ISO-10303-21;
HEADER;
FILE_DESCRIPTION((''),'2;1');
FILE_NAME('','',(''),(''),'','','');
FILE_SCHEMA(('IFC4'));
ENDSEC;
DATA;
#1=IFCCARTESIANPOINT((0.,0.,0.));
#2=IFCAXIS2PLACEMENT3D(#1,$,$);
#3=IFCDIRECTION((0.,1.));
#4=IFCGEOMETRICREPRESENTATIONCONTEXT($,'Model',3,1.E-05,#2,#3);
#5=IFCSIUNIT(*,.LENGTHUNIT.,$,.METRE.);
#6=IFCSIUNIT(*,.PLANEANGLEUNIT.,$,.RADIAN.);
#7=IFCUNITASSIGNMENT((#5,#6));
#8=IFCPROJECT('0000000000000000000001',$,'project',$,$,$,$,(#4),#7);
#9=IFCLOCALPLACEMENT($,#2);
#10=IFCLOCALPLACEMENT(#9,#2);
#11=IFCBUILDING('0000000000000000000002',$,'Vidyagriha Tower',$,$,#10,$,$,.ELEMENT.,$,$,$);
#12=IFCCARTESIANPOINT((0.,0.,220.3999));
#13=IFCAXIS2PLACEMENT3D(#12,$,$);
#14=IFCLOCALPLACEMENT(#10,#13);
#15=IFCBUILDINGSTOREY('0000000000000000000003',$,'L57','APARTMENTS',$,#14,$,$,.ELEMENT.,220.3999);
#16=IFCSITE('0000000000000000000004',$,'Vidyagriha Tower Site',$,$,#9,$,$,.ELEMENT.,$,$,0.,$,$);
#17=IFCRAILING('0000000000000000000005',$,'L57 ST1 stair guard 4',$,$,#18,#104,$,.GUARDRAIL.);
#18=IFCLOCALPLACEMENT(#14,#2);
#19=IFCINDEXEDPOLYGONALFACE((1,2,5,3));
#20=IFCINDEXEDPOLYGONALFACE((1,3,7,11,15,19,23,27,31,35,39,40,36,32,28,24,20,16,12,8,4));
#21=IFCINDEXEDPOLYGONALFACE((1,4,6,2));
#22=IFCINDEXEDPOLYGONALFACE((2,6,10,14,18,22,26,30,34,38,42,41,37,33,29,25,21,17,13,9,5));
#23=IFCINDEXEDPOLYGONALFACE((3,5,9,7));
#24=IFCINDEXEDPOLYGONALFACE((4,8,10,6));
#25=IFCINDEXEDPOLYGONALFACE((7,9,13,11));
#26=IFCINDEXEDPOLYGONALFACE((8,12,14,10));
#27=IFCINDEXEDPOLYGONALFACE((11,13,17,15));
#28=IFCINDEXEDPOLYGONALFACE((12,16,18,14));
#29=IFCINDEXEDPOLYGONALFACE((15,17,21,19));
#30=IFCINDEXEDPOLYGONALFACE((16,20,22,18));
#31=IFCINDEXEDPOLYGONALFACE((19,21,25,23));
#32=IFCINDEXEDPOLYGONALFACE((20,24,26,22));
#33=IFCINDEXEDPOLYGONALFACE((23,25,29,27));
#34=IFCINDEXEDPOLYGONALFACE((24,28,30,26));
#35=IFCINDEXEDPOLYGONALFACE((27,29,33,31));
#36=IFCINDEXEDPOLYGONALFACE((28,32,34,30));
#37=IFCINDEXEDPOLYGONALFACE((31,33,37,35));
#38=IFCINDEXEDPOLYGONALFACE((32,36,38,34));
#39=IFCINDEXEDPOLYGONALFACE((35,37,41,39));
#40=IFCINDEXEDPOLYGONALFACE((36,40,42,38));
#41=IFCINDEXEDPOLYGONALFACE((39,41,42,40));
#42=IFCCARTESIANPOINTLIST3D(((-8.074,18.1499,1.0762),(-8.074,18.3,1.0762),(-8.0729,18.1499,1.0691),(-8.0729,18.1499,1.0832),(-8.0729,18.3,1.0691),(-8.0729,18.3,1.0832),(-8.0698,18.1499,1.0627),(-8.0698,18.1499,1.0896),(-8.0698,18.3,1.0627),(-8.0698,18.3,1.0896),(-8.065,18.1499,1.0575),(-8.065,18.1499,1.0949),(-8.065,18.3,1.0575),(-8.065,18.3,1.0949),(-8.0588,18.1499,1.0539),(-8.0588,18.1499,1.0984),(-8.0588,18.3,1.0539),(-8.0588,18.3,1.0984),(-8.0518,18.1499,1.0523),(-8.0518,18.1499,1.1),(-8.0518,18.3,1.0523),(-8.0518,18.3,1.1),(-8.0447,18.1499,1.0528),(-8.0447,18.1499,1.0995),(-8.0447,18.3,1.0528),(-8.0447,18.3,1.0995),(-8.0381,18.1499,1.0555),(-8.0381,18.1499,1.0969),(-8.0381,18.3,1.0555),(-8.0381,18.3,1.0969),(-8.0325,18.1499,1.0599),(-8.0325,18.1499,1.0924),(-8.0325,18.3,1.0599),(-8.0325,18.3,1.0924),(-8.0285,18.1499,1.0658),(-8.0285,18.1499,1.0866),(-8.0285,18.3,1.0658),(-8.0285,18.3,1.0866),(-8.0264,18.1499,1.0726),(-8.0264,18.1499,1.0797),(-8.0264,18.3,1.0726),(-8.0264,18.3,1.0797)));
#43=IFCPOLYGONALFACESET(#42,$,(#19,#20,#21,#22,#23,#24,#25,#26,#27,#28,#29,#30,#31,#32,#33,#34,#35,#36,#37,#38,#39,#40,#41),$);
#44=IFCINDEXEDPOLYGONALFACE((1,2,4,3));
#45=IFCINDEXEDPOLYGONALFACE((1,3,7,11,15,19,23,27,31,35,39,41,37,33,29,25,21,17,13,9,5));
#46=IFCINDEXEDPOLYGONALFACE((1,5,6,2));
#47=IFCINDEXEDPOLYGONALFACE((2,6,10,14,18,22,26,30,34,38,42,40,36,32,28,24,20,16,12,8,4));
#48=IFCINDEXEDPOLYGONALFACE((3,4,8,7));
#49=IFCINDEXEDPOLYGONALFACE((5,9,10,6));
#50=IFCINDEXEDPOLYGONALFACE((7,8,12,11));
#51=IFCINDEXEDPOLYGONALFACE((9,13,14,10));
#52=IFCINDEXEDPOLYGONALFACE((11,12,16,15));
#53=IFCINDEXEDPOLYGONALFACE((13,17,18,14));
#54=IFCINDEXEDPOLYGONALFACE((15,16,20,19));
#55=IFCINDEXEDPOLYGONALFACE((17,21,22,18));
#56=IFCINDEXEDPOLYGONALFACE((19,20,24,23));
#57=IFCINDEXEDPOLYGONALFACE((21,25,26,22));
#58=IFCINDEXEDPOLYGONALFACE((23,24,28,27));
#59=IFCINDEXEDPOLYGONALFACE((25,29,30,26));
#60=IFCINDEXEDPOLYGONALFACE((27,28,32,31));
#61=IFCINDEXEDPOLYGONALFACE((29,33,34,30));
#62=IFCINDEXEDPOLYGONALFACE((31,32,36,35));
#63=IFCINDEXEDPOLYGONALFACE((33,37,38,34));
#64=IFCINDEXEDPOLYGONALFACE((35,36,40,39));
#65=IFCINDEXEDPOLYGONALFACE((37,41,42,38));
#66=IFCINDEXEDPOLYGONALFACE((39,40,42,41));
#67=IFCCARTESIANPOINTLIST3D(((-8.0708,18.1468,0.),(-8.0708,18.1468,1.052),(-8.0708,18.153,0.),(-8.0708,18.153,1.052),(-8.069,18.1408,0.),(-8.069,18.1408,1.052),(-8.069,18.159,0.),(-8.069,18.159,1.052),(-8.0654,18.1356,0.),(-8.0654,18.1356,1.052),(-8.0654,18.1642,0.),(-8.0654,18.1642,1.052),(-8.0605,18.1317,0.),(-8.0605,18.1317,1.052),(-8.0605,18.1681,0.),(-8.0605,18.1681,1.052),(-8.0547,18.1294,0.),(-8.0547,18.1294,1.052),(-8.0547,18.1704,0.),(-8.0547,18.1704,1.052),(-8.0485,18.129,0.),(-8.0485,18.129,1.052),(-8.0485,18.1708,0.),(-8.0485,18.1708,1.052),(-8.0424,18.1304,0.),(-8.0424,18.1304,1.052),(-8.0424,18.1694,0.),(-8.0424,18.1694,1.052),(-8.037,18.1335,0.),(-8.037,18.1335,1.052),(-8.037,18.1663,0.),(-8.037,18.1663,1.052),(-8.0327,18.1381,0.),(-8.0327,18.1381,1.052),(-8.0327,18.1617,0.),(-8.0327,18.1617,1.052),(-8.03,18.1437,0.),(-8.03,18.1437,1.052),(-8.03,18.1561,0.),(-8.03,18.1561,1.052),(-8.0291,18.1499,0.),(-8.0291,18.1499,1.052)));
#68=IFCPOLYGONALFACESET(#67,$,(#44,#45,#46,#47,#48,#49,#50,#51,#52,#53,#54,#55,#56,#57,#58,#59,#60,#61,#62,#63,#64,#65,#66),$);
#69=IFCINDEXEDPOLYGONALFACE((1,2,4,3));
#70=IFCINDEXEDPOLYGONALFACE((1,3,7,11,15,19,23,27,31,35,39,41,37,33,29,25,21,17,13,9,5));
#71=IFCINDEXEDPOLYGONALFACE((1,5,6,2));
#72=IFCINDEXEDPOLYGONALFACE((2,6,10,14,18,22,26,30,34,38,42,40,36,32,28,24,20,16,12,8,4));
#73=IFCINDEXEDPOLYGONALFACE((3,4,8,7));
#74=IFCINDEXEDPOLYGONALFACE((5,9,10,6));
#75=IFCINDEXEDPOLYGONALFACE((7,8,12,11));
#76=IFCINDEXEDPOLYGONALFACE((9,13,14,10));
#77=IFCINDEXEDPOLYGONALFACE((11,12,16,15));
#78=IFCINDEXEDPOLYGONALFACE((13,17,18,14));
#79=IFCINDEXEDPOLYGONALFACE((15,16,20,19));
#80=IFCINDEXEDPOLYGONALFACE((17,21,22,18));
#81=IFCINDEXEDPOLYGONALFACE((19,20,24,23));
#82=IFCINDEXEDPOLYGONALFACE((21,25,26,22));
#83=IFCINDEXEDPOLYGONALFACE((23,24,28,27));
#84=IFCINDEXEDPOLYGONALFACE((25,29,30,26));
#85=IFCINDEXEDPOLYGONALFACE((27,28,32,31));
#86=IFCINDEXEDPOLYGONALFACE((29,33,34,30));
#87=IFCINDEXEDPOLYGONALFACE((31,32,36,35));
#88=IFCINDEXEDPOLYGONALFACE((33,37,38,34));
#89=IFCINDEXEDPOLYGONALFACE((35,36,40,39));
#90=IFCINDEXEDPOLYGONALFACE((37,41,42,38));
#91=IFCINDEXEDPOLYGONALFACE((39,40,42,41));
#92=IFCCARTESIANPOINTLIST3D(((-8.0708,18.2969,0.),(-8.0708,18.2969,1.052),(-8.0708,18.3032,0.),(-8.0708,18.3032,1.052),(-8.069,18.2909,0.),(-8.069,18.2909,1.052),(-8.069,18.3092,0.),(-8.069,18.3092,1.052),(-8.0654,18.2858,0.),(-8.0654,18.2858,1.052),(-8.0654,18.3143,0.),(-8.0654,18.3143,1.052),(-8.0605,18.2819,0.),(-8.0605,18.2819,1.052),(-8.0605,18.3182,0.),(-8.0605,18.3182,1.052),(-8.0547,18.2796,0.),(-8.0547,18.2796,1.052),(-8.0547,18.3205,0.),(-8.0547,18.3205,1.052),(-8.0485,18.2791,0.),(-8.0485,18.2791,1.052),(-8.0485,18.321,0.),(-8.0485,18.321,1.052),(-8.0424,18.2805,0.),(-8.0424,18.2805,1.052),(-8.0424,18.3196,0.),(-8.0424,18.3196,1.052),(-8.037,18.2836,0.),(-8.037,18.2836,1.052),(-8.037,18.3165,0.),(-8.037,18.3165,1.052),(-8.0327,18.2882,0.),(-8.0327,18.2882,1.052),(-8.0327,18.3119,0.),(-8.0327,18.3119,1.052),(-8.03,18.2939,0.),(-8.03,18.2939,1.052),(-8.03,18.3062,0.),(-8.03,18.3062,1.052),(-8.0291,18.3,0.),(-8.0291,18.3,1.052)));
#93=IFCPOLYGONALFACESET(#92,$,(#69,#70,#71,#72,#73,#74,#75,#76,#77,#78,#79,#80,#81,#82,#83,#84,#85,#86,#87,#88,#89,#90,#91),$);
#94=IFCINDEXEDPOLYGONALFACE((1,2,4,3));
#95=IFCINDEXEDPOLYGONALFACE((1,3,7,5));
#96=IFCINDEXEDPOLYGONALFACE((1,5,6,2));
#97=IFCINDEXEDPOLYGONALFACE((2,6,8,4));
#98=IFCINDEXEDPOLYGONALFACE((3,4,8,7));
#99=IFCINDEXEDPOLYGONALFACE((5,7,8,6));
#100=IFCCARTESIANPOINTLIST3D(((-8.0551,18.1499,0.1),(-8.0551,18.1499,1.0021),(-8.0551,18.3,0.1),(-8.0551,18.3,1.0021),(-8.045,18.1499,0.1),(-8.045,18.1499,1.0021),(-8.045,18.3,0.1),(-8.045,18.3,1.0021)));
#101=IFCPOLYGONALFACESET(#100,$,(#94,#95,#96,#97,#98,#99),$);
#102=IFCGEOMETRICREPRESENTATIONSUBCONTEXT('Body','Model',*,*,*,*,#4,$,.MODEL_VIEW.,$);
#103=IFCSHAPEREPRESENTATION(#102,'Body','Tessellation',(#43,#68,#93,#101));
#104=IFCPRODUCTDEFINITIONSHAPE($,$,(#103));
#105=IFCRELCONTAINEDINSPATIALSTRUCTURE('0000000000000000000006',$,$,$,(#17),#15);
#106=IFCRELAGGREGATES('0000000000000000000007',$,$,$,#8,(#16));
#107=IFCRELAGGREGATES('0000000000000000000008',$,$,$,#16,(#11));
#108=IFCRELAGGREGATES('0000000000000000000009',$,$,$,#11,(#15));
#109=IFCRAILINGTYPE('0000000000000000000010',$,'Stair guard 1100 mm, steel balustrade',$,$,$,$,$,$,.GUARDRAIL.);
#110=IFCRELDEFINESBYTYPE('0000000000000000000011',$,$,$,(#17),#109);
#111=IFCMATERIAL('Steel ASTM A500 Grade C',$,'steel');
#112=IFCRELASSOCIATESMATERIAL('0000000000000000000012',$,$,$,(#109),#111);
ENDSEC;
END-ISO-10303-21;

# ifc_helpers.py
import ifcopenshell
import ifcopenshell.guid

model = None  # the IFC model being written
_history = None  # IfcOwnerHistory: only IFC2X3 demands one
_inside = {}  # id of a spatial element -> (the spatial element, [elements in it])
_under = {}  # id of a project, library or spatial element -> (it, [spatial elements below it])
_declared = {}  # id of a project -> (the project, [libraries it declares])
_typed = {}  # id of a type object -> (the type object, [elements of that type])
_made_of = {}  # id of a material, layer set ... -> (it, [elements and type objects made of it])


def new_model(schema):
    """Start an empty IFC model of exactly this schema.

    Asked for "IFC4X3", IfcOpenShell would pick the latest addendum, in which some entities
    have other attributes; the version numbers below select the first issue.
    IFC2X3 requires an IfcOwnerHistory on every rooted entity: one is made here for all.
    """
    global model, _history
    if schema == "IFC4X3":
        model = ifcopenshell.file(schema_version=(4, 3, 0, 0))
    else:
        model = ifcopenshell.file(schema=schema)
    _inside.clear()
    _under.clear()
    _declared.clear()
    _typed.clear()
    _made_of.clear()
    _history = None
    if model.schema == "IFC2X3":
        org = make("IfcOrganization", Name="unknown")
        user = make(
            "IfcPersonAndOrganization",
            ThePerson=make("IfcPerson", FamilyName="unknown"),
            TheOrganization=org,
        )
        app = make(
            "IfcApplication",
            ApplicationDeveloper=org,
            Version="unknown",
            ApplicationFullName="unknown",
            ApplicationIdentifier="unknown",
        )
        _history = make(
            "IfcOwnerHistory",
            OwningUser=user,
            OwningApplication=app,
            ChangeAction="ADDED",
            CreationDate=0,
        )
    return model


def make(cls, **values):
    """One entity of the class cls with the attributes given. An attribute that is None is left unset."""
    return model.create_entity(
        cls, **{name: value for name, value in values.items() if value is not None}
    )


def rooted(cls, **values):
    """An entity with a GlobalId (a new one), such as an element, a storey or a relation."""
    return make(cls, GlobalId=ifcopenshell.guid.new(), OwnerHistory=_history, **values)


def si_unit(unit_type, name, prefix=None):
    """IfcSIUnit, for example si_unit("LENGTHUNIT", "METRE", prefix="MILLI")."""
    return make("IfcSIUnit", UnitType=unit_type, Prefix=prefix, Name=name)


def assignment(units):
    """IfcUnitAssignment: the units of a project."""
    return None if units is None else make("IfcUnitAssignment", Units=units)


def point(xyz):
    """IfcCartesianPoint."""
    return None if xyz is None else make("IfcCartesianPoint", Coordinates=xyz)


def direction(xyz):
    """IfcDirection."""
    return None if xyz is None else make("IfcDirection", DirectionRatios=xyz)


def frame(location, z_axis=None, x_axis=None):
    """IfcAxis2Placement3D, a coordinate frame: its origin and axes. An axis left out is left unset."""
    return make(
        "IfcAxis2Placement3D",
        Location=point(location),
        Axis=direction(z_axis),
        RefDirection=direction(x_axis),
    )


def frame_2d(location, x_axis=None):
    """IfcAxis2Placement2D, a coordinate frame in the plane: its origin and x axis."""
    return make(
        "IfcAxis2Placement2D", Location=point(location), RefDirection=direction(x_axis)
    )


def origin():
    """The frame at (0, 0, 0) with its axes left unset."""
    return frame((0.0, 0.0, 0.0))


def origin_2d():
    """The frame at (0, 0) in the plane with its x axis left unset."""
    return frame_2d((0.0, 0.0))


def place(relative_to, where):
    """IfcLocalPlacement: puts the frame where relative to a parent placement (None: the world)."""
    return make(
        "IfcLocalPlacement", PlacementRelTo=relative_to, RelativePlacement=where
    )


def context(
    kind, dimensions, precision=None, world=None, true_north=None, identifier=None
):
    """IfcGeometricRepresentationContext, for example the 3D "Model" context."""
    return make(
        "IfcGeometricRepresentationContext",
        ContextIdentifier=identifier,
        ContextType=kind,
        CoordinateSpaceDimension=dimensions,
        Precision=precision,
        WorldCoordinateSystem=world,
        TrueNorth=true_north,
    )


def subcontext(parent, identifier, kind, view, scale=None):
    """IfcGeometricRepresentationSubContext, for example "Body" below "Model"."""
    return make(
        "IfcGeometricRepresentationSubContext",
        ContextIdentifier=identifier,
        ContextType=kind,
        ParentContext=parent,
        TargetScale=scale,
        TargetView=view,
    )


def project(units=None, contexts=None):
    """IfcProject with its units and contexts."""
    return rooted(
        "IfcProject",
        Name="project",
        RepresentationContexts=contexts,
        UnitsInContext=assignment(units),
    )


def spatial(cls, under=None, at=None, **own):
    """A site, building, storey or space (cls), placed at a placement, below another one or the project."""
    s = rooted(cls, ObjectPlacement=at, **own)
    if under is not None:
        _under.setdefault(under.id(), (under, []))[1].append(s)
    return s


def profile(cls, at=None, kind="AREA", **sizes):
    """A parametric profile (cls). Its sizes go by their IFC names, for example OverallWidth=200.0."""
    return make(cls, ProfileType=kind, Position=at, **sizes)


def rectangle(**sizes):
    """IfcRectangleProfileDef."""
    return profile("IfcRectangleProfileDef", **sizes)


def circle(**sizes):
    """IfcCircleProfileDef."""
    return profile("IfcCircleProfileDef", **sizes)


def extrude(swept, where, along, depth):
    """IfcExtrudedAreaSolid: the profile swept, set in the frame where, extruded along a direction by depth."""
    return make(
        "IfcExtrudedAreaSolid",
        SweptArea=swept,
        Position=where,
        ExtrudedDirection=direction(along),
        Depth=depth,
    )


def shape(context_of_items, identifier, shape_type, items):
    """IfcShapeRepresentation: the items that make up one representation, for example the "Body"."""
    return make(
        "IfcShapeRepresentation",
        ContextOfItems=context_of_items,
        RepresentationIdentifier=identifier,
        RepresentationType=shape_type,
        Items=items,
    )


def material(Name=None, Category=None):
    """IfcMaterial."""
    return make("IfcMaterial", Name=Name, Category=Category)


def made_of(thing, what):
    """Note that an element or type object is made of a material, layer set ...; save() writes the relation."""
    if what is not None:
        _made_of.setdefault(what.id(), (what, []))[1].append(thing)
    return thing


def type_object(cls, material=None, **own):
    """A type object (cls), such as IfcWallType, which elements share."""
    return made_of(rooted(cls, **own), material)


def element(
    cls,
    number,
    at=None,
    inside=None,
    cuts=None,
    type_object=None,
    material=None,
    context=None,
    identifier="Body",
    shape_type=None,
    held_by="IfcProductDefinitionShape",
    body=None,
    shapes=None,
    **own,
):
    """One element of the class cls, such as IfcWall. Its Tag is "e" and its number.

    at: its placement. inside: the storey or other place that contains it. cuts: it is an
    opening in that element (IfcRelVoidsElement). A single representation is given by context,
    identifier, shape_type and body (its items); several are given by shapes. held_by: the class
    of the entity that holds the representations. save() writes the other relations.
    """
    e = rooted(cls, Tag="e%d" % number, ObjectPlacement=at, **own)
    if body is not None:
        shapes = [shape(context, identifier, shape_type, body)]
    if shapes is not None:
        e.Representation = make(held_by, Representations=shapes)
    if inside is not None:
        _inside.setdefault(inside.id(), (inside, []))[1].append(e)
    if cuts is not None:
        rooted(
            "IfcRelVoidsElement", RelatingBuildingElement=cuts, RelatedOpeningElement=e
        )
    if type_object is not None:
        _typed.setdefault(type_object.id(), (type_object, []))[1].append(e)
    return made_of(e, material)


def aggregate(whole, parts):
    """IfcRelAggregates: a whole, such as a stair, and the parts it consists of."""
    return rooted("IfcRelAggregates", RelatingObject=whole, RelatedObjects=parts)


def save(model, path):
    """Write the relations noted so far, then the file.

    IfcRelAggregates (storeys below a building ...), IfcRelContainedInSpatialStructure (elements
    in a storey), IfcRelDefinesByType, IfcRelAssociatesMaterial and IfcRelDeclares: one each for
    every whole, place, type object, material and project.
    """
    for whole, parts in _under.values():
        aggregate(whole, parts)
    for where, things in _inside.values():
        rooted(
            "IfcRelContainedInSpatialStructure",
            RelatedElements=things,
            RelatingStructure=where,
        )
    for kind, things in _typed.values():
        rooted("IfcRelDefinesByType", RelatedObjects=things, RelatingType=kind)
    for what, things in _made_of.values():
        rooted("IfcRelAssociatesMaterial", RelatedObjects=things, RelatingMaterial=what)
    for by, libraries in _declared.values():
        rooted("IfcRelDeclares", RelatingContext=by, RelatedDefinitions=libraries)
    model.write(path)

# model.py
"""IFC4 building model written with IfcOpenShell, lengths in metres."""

from ifc_helpers import new_model, si_unit, direction, frame, origin, origin_2d, place, context, subcontext, project, spatial, rectangle, circle, extrude, material, type_object, element, save


model = new_model("IFC4")

# Units and contexts
model_context = context("Model", 3, precision=1e-05, world=origin(), true_north=direction((0.0, 1.0)))
body_context = subcontext(model_context, "Body", "Model", "MODEL_VIEW")
ifc_project = project(units=[si_unit("LENGTHUNIT", "METRE"), si_unit("PLANEANGLEUNIT", "RADIAN")], contexts=[model_context])

# Site, building, storey
site_placement = place(None, origin())
site = spatial("IfcSite", under=ifc_project, at=site_placement, Name="Vidyagriha Tower Site", CompositionType="ELEMENT", RefElevation=0.0)
building_placement = place(site_placement, origin())
building = spatial("IfcBuilding", under=site, at=building_placement, Name="Vidyagriha Tower", CompositionType="ELEMENT")
storey_placement = place(building_placement, frame((0.0, 0.0, 220.3999)))
storey = spatial("IfcBuildingStorey", under=building, at=storey_placement, Name="L57", Description="APARTMENTS", CompositionType="ELEMENT", Elevation=220.3999)

# Railing
ifc_material_1 = material(Name="Steel ASTM A500 Grade C", Category="steel")
railing_type_1 = type_object("IfcRailingType", Name="Stair guard 1100 mm, steel balustrade", PredefinedType="GUARDRAIL", material=ifc_material_1)
railing_1_placement = place(storey_placement, frame((-8.05, 18.1499, 0.0)))
element("IfcRailing", 1, at=railing_1_placement, inside=storey, type_object=railing_type_1, Name="L57 ST1 stair guard 4", PredefinedType="GUARDRAIL", context=body_context, shape_type="SweptSolid", body=[
    extrude(circle(Radius=0.0239, at=origin_2d()), frame((0.0, 0.0, 1.0762), z_axis=(0.0, 1.0, 0.0), x_axis=(-1.0, 0.0, 0.0)), (0.0, 0.0, 1.0), 0.1501),
    extrude(circle(Radius=0.021, at=origin_2d()), origin(), (0.0, 0.0, 1.0), 1.052),
    extrude(circle(Radius=0.021, at=origin_2d()), frame((0.0, 0.1501, 0.0)), (0.0, 0.0, 1.0), 1.052),
    extrude(rectangle(XDim=0.01, YDim=0.9021, at=origin_2d()), frame((0.0, 0.0, 0.551), z_axis=(0.0, 1.0, 0.0), x_axis=(-1.0, 0.0, 0.0)), (0.0, 0.0, 1.0), 0.1501),
])

save(model, "model.ifc")
